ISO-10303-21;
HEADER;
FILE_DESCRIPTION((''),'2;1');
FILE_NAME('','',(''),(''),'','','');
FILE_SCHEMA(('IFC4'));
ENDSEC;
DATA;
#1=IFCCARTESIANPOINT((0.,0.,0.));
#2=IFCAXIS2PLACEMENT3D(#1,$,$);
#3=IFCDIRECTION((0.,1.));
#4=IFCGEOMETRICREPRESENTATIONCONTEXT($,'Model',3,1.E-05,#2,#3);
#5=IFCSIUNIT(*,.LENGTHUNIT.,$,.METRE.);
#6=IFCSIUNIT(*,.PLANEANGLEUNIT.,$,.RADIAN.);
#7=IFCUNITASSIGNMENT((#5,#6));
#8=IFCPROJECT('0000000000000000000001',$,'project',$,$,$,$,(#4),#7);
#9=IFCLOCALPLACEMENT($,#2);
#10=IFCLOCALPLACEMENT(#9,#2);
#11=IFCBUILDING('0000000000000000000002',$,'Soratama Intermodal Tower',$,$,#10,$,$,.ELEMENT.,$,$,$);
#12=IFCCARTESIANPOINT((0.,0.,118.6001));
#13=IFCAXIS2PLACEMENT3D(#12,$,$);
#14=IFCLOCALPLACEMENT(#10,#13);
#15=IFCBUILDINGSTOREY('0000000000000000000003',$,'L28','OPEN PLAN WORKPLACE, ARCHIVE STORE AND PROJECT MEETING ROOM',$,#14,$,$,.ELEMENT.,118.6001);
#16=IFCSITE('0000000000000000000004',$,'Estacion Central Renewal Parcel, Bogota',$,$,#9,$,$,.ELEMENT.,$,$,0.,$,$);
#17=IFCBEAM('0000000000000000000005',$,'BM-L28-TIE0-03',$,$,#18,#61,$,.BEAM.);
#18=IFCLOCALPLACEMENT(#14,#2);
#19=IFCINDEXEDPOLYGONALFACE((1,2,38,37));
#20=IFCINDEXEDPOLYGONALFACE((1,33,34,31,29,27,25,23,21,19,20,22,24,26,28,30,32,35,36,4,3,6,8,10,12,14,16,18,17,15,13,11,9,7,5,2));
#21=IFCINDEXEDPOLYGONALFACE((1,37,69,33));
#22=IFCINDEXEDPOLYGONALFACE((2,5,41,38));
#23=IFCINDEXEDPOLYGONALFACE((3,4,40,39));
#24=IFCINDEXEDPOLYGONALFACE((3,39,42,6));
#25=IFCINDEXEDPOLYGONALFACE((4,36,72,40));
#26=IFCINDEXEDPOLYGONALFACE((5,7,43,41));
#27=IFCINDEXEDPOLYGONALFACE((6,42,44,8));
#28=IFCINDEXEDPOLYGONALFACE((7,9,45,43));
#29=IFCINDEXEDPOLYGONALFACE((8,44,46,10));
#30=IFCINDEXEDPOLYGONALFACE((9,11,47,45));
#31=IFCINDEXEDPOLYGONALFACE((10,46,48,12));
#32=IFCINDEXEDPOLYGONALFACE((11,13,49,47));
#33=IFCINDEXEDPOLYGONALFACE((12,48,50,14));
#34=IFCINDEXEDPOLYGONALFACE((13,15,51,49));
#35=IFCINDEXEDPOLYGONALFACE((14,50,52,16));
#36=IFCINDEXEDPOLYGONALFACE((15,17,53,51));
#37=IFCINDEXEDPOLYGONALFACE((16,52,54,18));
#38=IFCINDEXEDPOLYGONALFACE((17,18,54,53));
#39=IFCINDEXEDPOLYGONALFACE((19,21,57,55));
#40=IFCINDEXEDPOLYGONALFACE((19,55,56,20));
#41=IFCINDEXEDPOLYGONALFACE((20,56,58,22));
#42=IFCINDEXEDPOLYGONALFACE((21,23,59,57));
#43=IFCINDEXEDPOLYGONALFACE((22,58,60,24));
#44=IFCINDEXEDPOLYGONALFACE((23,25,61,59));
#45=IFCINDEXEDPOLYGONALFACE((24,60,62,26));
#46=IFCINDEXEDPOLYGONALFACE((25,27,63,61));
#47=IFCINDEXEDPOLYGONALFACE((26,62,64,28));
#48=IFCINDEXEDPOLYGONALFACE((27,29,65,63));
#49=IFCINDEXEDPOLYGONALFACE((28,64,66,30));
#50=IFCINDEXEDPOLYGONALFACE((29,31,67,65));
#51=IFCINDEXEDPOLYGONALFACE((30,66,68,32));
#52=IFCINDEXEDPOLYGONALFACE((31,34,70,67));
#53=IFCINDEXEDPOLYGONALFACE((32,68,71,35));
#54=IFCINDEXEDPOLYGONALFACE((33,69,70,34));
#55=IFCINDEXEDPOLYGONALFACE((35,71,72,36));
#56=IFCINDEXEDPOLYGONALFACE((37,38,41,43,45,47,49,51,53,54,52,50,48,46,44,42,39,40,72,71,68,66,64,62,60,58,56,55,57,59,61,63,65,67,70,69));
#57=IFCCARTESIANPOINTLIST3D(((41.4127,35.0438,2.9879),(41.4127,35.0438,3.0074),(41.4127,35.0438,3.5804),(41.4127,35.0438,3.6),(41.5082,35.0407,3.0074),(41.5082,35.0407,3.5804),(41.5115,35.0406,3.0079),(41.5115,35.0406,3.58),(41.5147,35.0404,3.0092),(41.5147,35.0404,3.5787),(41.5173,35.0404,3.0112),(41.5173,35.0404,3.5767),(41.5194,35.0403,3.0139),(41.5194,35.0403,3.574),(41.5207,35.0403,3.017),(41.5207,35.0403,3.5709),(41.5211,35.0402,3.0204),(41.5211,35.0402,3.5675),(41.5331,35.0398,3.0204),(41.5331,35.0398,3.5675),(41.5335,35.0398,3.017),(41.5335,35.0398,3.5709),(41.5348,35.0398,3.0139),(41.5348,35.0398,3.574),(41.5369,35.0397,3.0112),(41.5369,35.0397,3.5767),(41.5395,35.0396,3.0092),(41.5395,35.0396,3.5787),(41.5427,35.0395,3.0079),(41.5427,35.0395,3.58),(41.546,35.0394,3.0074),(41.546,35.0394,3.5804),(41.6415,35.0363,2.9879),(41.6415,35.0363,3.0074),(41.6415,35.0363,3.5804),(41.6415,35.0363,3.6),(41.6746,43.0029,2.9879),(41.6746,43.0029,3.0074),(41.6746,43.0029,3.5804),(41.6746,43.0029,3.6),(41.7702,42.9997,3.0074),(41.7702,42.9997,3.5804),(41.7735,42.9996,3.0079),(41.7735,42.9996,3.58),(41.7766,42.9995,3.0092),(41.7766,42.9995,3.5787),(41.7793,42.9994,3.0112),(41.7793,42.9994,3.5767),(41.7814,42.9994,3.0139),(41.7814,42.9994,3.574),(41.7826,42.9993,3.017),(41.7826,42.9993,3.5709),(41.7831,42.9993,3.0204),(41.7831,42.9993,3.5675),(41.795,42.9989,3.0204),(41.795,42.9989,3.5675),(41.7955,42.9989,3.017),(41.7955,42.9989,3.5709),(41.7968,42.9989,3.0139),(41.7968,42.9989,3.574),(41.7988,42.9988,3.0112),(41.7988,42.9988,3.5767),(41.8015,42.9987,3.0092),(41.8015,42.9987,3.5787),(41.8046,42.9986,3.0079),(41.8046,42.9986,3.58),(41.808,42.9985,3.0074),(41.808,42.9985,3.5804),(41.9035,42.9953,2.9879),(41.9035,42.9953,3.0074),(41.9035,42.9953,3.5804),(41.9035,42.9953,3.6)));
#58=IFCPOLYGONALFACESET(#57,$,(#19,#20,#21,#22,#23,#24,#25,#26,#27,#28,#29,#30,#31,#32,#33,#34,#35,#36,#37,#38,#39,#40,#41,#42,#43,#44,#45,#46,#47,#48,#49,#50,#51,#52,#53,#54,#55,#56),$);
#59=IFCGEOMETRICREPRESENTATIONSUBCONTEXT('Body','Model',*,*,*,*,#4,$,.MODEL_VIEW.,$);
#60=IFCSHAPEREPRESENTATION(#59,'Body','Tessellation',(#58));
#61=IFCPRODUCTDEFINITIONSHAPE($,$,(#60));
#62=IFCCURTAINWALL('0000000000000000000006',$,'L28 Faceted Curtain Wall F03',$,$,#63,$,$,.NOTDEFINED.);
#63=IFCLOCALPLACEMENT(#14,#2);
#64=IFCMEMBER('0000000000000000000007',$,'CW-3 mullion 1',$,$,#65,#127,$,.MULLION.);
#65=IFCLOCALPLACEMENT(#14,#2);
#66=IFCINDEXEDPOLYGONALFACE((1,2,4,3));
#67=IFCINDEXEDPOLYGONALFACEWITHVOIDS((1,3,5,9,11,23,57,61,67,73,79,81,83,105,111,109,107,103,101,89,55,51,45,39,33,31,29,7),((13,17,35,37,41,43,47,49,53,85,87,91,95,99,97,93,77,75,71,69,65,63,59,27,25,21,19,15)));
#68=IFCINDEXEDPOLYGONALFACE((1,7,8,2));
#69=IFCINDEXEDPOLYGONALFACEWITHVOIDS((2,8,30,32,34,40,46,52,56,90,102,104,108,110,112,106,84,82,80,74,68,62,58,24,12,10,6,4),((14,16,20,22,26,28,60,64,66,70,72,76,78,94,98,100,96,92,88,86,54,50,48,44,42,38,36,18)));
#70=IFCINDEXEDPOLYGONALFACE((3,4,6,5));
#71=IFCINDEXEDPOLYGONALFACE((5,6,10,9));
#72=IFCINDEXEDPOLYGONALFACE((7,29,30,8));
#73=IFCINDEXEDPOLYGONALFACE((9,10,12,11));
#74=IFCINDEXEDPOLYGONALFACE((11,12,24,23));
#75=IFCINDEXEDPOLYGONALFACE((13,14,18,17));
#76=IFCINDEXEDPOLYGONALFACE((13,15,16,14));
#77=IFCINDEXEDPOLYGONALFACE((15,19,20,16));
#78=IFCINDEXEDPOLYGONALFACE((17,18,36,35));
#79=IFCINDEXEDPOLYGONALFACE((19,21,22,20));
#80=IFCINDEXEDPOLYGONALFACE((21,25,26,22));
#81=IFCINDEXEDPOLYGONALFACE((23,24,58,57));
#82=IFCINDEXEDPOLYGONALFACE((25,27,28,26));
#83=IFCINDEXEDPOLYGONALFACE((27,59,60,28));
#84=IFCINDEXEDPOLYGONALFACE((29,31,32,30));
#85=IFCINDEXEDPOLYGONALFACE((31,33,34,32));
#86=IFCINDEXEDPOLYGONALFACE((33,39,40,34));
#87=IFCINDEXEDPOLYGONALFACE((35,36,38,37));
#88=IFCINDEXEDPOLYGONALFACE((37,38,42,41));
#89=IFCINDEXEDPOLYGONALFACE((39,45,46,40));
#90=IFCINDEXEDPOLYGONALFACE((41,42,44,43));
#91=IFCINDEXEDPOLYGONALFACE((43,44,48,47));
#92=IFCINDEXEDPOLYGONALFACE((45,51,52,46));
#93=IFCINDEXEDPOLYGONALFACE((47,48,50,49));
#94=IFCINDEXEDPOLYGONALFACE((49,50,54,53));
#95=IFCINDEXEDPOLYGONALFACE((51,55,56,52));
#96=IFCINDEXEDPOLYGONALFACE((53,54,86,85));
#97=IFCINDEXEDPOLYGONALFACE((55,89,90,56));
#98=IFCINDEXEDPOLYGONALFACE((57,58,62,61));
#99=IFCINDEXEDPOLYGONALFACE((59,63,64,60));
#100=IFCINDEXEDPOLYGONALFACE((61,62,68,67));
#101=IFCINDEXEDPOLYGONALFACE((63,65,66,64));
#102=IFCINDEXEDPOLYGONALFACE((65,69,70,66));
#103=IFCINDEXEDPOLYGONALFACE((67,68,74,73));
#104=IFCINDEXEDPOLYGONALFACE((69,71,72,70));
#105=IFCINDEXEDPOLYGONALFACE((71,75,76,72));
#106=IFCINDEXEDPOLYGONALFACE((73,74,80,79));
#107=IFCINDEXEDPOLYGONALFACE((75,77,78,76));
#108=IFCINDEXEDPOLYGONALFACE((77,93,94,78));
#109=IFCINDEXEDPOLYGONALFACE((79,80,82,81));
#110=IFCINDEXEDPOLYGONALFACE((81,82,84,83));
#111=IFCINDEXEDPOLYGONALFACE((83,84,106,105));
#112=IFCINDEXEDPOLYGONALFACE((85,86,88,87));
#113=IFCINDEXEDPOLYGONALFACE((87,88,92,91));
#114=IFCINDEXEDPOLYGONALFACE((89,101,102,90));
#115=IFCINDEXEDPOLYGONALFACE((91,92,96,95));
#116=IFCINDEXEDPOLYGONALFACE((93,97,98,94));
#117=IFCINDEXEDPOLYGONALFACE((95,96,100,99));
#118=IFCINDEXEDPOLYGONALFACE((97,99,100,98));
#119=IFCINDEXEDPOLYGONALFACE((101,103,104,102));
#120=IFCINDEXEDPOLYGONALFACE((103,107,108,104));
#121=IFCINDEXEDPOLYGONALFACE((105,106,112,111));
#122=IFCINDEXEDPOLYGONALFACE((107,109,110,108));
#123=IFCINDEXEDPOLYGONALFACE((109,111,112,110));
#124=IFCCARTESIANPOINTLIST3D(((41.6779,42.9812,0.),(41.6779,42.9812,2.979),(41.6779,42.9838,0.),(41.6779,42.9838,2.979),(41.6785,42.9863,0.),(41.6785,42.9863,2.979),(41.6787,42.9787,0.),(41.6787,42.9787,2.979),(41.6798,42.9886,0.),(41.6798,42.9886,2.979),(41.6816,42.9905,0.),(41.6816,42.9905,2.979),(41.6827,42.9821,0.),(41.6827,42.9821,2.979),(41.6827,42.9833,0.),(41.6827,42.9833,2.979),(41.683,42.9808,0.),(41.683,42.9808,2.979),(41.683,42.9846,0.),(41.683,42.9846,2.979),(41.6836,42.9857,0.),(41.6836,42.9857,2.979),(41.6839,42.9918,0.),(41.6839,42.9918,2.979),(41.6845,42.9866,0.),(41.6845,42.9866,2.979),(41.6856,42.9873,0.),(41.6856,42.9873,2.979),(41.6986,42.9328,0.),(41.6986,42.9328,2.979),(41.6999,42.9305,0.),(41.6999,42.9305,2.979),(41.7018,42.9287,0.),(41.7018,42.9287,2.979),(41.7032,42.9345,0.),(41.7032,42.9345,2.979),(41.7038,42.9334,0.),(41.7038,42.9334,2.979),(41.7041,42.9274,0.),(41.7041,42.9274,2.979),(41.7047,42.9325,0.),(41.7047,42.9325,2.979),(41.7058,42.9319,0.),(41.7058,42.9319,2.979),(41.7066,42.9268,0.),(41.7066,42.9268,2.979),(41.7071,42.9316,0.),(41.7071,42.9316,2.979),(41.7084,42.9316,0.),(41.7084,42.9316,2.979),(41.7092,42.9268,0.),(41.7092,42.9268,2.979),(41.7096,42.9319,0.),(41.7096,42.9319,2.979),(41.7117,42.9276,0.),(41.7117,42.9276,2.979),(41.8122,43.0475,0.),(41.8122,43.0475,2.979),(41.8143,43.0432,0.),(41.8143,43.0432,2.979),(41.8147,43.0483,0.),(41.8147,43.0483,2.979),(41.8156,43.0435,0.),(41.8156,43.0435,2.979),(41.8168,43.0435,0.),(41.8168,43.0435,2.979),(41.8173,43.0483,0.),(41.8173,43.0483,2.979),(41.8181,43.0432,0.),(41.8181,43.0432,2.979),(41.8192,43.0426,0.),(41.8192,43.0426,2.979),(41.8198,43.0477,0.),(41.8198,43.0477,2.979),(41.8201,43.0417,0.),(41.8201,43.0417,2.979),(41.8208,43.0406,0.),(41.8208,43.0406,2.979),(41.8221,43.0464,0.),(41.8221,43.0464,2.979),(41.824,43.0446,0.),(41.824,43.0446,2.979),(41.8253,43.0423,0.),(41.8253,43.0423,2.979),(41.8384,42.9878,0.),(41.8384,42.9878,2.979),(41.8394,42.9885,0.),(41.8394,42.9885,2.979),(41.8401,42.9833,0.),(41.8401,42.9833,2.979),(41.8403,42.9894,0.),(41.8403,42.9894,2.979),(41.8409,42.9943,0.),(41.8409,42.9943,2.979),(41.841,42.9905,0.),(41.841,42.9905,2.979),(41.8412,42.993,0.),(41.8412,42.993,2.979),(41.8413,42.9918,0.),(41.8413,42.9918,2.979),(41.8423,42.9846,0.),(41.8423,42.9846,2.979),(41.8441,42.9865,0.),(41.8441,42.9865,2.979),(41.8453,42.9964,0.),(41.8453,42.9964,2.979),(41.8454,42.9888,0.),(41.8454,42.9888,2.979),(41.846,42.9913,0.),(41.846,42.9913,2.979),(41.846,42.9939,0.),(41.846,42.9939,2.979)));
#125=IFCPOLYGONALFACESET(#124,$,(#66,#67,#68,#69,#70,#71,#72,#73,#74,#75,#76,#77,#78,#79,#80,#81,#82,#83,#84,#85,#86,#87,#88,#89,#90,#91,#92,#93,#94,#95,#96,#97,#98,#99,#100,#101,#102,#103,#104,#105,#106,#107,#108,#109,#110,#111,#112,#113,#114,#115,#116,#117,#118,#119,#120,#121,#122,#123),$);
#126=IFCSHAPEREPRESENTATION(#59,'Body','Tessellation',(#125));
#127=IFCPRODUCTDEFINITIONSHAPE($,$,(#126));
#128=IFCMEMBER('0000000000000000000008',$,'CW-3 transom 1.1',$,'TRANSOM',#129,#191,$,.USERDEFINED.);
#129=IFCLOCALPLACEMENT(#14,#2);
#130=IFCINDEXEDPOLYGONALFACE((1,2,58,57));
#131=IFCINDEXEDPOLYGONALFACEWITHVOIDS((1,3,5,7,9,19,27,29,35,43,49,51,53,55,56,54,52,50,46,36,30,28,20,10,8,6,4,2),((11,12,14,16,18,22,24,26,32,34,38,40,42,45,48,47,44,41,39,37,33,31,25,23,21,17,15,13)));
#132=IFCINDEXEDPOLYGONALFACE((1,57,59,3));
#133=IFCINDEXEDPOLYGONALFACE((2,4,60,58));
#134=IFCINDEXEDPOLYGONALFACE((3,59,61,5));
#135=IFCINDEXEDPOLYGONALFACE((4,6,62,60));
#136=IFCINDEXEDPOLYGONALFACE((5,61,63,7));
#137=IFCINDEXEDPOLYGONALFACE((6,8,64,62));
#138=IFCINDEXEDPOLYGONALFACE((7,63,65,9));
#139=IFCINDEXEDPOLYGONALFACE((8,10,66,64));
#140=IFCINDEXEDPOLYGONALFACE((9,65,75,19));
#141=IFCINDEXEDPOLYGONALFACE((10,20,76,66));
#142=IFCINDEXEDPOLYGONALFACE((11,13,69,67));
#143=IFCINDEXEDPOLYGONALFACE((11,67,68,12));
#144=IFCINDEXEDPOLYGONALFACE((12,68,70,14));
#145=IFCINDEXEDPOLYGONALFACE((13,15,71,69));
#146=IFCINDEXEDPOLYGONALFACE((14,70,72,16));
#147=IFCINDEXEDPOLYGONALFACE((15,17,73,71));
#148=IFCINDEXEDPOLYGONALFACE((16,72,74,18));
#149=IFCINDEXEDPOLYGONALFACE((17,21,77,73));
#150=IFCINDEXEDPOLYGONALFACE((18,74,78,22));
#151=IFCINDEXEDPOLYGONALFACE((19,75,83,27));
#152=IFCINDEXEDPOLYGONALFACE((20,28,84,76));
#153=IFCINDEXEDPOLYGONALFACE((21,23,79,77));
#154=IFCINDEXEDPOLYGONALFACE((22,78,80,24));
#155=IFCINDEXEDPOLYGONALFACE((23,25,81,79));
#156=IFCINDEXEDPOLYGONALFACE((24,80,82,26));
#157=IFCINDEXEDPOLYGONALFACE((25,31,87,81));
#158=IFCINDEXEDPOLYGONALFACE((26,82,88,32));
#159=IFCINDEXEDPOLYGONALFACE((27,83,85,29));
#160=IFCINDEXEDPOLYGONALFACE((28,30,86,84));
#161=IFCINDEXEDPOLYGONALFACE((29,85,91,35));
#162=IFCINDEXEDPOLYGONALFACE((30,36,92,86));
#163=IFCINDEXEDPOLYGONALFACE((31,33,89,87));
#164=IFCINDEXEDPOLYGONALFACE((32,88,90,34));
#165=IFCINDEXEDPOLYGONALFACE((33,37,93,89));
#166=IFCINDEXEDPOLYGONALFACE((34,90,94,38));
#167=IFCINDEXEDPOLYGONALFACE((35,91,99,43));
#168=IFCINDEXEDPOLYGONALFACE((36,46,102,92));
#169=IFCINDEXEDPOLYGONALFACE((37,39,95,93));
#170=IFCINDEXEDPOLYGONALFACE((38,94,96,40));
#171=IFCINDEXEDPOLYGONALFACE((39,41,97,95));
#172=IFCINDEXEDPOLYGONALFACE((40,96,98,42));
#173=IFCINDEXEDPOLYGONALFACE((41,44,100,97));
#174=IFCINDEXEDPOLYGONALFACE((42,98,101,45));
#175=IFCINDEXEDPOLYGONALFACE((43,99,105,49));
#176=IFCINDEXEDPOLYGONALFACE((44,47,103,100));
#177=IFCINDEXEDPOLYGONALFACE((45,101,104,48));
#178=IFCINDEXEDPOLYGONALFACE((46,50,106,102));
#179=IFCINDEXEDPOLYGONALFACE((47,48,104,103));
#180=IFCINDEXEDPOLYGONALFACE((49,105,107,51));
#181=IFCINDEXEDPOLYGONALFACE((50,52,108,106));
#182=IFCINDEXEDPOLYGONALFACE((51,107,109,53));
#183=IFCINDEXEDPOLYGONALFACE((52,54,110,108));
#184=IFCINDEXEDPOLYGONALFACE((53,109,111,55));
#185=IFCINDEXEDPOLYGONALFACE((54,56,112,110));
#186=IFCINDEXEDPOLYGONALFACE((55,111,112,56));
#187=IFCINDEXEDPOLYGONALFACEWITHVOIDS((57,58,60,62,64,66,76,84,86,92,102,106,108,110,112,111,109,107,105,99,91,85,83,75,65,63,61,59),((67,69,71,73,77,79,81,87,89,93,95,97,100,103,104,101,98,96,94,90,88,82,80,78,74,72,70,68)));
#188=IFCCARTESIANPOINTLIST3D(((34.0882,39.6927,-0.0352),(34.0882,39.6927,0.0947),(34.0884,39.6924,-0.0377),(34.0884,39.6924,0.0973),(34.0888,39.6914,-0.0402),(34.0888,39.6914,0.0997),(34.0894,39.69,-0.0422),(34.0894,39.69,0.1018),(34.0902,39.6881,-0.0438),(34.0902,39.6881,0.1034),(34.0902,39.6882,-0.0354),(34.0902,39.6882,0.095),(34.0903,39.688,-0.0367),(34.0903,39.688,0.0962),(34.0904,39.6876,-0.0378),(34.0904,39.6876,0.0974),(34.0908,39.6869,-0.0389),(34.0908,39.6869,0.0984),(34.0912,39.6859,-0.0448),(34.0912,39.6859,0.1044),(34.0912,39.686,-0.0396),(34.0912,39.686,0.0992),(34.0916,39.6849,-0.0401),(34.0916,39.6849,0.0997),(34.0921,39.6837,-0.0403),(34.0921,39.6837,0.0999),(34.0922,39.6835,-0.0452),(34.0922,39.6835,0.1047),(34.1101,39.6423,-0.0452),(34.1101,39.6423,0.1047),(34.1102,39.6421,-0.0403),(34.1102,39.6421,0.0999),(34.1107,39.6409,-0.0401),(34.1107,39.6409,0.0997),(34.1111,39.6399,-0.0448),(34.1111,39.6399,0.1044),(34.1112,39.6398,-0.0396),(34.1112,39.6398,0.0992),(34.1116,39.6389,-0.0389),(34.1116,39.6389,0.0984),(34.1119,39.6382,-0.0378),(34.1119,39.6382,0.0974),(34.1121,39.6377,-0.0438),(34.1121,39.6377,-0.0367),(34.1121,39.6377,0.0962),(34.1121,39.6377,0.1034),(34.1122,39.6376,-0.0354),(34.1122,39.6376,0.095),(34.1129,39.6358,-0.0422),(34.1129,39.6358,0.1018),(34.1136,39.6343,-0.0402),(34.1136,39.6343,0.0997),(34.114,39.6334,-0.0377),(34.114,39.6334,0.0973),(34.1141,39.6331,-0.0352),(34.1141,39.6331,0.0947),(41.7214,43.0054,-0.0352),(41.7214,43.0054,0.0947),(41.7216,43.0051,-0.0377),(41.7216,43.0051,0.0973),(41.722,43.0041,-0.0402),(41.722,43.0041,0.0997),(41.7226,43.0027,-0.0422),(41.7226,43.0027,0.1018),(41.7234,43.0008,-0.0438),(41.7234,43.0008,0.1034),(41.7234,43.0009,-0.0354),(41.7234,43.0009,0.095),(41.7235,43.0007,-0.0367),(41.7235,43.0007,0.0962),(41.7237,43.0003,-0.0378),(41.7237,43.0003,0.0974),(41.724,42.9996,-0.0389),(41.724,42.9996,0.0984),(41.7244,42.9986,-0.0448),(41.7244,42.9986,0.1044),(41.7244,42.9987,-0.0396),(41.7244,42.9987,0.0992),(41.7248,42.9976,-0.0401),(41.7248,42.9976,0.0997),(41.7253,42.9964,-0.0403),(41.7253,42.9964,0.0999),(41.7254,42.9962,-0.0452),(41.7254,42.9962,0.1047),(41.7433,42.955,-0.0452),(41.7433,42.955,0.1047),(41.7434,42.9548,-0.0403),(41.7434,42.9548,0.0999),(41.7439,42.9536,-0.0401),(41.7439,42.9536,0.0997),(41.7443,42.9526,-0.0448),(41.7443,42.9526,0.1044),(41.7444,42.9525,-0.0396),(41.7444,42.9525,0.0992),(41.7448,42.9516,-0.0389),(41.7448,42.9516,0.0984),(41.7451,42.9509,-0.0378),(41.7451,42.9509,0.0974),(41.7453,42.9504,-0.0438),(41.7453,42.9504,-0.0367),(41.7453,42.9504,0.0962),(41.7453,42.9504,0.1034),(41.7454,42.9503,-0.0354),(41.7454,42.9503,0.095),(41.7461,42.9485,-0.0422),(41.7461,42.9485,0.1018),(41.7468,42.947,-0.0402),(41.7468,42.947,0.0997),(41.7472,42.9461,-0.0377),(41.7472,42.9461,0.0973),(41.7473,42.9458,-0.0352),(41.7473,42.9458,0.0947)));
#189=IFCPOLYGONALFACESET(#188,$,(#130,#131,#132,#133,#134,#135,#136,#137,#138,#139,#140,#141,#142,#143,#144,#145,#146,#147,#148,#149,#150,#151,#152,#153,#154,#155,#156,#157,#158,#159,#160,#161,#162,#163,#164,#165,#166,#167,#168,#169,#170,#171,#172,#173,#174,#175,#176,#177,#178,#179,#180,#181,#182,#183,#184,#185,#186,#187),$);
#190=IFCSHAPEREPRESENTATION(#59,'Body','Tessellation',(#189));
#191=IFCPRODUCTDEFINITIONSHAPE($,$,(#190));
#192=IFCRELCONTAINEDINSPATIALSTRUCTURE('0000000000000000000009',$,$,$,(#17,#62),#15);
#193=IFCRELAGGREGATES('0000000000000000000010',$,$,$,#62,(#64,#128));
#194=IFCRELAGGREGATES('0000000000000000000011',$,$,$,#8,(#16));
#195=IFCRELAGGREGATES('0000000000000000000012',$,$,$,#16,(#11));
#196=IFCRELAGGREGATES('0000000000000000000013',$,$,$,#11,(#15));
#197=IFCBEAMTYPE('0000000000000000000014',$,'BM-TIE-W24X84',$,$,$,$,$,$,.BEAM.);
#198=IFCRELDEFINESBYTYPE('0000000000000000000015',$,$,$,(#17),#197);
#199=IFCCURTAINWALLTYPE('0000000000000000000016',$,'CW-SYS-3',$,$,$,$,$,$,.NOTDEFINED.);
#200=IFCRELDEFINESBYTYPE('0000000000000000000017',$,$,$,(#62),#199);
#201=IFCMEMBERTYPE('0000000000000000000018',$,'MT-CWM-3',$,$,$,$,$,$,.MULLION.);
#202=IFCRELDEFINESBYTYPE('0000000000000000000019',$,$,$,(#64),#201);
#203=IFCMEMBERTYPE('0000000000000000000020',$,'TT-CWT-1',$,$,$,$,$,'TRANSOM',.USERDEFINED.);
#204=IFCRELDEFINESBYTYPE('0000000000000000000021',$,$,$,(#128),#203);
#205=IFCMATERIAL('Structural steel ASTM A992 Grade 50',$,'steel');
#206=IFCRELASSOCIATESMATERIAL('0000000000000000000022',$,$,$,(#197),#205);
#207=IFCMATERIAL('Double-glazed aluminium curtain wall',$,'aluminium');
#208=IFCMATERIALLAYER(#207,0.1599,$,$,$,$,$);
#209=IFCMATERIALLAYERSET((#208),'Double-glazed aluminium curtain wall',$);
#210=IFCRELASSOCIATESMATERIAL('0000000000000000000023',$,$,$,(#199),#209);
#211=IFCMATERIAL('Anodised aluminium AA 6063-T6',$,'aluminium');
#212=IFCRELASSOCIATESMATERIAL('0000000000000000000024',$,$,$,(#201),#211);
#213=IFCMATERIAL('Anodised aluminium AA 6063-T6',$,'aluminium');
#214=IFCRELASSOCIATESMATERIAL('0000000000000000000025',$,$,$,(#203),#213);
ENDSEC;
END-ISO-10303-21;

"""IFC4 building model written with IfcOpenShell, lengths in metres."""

from ifc_helpers import new_model, si_unit, direction, frame, origin, origin_2d, place, context, subcontext, project, spatial, hollow_rectangle, i_section, extrude, material, layer, layer_set, material_profile, profile_set, type_object, element, aggregate, save


model = new_model("IFC4")

# Units and contexts
model_context = context("Model", 3, precision=1e-05, world=origin(), true_north=direction((0.0, 1.0)))
body_context = subcontext(model_context, "Body", "Model", "MODEL_VIEW")
ifc_project = project(units=[si_unit("LENGTHUNIT", "METRE"), si_unit("PLANEANGLEUNIT", "RADIAN")], contexts=[model_context])

# Site, building, storey
site_placement = place(None, origin())
site = spatial("IfcSite", under=ifc_project, at=site_placement, Name="Estacion Central Renewal Parcel, Bogota", CompositionType="ELEMENT", RefElevation=0.0)
building_placement = place(site_placement, origin())
building = spatial("IfcBuilding", under=site, at=building_placement, Name="Soratama Intermodal Tower", CompositionType="ELEMENT")
storey_placement = place(building_placement, frame((0.0, 0.0, 118.6001)))
storey = spatial("IfcBuildingStorey", under=building, at=storey_placement, Name="L28", Description="OPEN PLAN WORKPLACE, ARCHIVE STORE AND PROJECT MEETING ROOM", CompositionType="ELEMENT", Elevation=118.6001)

# Beam
ifc_material_1 = material(Name="Structural steel ASTM A992 Grade 50", Category="steel")
ifc_material_profile_1 = material_profile(ifc_material_1, i_section(OverallWidth=0.229, OverallDepth=0.6121, WebThickness=0.012, FlangeThickness=0.0195, FilletRadius=0.0129, at=origin_2d()), Name="W24X84")
ifc_profile_set_1 = profile_set([ifc_material_profile_1], Name="Structural steel ASTM A992 Grade 50")
beam_type_1 = type_object("IfcBeamType", Name="BM-TIE-W24X84", PredefinedType="BEAM", material=ifc_profile_set_1)
beam_1_placement = place(storey_placement, frame((41.5271, 35.04, 3.2939), z_axis=(0.032896, 0.999459, 0.0), x_axis=(-0.999459, 0.032896, 0.0)))
element("IfcBeam", 1, at=beam_1_placement, inside=storey, type_object=beam_type_1, Name="BM-L28-TIE0-03", PredefinedType="BEAM", context=body_context, shape_type="SweptSolid", body=[
    extrude(i_section(OverallWidth=0.229, OverallDepth=0.6121, WebThickness=0.012, FlangeThickness=0.0195, FilletRadius=0.0129, at=origin_2d()), origin(), (0.0, 0.0, 1.0), 7.9634),
])

# Curtain wall, members
ifc_material_2 = material(Name="Double-glazed aluminium curtain wall", Category="aluminium")
ifc_layer_1 = layer(ifc_material_2, 0.1599)
ifc_layer_set_1 = layer_set([ifc_layer_1], Name="Double-glazed aluminium curtain wall")
curtain_wall_type = type_object("IfcCurtainWallType", Name="CW-SYS-3", PredefinedType="NOTDEFINED", material=ifc_layer_set_1)
curtain_wall_placement = place(storey_placement, origin())
curtain_wall = element("IfcCurtainWall", 2, at=curtain_wall_placement, inside=storey, type_object=curtain_wall_type, Name="L28 Faceted Curtain Wall F03", PredefinedType="NOTDEFINED")
ifc_material_3 = material(Name="Anodised aluminium AA 6063-T6", Category="aluminium")
ifc_material_profile_2 = material_profile(ifc_material_3, hollow_rectangle(XDim=0.0701, YDim=0.1599, WallThickness=0.0049, InnerFilletRadius=0.0049, OuterFilletRadius=0.01, at=origin_2d()), Name="CWM160X70X5")
ifc_profile_set_2 = profile_set([ifc_material_profile_2], Name="Anodised aluminium AA 6063-T6")
member_type_1 = type_object("IfcMemberType", Name="MT-CWM-3", PredefinedType="MULLION", material=ifc_profile_set_2)
member_1_placement = place(storey_placement, frame((41.762, 42.9875, 0.0), z_axis=(0.0, 0.0, 1.0), x_axis=(0.398104, -0.91734, 0.0)))
member_1 = element("IfcMember", 3, at=member_1_placement, type_object=member_type_1, Name="CW-3 mullion 1", PredefinedType="MULLION", context=body_context, shape_type="SweptSolid", body=[
    extrude(hollow_rectangle(XDim=0.0701, YDim=0.1599, WallThickness=0.0049, InnerFilletRadius=0.0049, OuterFilletRadius=0.01, at=origin_2d()), origin(), (0.0, 0.0, 1.0), 2.979),
])
ifc_material_4 = material(Name="Anodised aluminium AA 6063-T6", Category="aluminium")
ifc_material_profile_3 = material_profile(ifc_material_4, hollow_rectangle(XDim=0.0649, YDim=0.1499, WallThickness=0.0049, InnerFilletRadius=0.0049, OuterFilletRadius=0.01, at=origin_2d()), Name="CWT150X65X5")
ifc_profile_set_3 = profile_set([ifc_material_profile_3], Name="Anodised aluminium AA 6063-T6")
member_type_2 = type_object("IfcMemberType", Name="TT-CWT-1", ElementType="TRANSOM", PredefinedType="USERDEFINED", material=ifc_profile_set_3)
member_2_placement = place(storey_placement, frame((41.7344, 42.9756, 0.0298), z_axis=(-0.917337, -0.398111, 0.0), x_axis=(0.398111, -0.917337, 0.0)))
member_2 = element("IfcMember", 4, at=member_2_placement, type_object=member_type_2, Name="CW-3 transom 1.1", ObjectType="TRANSOM", PredefinedType="USERDEFINED", context=body_context, shape_type="SweptSolid", body=[
    extrude(hollow_rectangle(XDim=0.0649, YDim=0.1499, WallThickness=0.0049, InnerFilletRadius=0.0049, OuterFilletRadius=0.01, at=origin_2d()), origin(), (0.0, 0.0, 1.0), 8.321),
])
aggregate(curtain_wall, [member_1, member_2])

save(model, "model.ifc")
